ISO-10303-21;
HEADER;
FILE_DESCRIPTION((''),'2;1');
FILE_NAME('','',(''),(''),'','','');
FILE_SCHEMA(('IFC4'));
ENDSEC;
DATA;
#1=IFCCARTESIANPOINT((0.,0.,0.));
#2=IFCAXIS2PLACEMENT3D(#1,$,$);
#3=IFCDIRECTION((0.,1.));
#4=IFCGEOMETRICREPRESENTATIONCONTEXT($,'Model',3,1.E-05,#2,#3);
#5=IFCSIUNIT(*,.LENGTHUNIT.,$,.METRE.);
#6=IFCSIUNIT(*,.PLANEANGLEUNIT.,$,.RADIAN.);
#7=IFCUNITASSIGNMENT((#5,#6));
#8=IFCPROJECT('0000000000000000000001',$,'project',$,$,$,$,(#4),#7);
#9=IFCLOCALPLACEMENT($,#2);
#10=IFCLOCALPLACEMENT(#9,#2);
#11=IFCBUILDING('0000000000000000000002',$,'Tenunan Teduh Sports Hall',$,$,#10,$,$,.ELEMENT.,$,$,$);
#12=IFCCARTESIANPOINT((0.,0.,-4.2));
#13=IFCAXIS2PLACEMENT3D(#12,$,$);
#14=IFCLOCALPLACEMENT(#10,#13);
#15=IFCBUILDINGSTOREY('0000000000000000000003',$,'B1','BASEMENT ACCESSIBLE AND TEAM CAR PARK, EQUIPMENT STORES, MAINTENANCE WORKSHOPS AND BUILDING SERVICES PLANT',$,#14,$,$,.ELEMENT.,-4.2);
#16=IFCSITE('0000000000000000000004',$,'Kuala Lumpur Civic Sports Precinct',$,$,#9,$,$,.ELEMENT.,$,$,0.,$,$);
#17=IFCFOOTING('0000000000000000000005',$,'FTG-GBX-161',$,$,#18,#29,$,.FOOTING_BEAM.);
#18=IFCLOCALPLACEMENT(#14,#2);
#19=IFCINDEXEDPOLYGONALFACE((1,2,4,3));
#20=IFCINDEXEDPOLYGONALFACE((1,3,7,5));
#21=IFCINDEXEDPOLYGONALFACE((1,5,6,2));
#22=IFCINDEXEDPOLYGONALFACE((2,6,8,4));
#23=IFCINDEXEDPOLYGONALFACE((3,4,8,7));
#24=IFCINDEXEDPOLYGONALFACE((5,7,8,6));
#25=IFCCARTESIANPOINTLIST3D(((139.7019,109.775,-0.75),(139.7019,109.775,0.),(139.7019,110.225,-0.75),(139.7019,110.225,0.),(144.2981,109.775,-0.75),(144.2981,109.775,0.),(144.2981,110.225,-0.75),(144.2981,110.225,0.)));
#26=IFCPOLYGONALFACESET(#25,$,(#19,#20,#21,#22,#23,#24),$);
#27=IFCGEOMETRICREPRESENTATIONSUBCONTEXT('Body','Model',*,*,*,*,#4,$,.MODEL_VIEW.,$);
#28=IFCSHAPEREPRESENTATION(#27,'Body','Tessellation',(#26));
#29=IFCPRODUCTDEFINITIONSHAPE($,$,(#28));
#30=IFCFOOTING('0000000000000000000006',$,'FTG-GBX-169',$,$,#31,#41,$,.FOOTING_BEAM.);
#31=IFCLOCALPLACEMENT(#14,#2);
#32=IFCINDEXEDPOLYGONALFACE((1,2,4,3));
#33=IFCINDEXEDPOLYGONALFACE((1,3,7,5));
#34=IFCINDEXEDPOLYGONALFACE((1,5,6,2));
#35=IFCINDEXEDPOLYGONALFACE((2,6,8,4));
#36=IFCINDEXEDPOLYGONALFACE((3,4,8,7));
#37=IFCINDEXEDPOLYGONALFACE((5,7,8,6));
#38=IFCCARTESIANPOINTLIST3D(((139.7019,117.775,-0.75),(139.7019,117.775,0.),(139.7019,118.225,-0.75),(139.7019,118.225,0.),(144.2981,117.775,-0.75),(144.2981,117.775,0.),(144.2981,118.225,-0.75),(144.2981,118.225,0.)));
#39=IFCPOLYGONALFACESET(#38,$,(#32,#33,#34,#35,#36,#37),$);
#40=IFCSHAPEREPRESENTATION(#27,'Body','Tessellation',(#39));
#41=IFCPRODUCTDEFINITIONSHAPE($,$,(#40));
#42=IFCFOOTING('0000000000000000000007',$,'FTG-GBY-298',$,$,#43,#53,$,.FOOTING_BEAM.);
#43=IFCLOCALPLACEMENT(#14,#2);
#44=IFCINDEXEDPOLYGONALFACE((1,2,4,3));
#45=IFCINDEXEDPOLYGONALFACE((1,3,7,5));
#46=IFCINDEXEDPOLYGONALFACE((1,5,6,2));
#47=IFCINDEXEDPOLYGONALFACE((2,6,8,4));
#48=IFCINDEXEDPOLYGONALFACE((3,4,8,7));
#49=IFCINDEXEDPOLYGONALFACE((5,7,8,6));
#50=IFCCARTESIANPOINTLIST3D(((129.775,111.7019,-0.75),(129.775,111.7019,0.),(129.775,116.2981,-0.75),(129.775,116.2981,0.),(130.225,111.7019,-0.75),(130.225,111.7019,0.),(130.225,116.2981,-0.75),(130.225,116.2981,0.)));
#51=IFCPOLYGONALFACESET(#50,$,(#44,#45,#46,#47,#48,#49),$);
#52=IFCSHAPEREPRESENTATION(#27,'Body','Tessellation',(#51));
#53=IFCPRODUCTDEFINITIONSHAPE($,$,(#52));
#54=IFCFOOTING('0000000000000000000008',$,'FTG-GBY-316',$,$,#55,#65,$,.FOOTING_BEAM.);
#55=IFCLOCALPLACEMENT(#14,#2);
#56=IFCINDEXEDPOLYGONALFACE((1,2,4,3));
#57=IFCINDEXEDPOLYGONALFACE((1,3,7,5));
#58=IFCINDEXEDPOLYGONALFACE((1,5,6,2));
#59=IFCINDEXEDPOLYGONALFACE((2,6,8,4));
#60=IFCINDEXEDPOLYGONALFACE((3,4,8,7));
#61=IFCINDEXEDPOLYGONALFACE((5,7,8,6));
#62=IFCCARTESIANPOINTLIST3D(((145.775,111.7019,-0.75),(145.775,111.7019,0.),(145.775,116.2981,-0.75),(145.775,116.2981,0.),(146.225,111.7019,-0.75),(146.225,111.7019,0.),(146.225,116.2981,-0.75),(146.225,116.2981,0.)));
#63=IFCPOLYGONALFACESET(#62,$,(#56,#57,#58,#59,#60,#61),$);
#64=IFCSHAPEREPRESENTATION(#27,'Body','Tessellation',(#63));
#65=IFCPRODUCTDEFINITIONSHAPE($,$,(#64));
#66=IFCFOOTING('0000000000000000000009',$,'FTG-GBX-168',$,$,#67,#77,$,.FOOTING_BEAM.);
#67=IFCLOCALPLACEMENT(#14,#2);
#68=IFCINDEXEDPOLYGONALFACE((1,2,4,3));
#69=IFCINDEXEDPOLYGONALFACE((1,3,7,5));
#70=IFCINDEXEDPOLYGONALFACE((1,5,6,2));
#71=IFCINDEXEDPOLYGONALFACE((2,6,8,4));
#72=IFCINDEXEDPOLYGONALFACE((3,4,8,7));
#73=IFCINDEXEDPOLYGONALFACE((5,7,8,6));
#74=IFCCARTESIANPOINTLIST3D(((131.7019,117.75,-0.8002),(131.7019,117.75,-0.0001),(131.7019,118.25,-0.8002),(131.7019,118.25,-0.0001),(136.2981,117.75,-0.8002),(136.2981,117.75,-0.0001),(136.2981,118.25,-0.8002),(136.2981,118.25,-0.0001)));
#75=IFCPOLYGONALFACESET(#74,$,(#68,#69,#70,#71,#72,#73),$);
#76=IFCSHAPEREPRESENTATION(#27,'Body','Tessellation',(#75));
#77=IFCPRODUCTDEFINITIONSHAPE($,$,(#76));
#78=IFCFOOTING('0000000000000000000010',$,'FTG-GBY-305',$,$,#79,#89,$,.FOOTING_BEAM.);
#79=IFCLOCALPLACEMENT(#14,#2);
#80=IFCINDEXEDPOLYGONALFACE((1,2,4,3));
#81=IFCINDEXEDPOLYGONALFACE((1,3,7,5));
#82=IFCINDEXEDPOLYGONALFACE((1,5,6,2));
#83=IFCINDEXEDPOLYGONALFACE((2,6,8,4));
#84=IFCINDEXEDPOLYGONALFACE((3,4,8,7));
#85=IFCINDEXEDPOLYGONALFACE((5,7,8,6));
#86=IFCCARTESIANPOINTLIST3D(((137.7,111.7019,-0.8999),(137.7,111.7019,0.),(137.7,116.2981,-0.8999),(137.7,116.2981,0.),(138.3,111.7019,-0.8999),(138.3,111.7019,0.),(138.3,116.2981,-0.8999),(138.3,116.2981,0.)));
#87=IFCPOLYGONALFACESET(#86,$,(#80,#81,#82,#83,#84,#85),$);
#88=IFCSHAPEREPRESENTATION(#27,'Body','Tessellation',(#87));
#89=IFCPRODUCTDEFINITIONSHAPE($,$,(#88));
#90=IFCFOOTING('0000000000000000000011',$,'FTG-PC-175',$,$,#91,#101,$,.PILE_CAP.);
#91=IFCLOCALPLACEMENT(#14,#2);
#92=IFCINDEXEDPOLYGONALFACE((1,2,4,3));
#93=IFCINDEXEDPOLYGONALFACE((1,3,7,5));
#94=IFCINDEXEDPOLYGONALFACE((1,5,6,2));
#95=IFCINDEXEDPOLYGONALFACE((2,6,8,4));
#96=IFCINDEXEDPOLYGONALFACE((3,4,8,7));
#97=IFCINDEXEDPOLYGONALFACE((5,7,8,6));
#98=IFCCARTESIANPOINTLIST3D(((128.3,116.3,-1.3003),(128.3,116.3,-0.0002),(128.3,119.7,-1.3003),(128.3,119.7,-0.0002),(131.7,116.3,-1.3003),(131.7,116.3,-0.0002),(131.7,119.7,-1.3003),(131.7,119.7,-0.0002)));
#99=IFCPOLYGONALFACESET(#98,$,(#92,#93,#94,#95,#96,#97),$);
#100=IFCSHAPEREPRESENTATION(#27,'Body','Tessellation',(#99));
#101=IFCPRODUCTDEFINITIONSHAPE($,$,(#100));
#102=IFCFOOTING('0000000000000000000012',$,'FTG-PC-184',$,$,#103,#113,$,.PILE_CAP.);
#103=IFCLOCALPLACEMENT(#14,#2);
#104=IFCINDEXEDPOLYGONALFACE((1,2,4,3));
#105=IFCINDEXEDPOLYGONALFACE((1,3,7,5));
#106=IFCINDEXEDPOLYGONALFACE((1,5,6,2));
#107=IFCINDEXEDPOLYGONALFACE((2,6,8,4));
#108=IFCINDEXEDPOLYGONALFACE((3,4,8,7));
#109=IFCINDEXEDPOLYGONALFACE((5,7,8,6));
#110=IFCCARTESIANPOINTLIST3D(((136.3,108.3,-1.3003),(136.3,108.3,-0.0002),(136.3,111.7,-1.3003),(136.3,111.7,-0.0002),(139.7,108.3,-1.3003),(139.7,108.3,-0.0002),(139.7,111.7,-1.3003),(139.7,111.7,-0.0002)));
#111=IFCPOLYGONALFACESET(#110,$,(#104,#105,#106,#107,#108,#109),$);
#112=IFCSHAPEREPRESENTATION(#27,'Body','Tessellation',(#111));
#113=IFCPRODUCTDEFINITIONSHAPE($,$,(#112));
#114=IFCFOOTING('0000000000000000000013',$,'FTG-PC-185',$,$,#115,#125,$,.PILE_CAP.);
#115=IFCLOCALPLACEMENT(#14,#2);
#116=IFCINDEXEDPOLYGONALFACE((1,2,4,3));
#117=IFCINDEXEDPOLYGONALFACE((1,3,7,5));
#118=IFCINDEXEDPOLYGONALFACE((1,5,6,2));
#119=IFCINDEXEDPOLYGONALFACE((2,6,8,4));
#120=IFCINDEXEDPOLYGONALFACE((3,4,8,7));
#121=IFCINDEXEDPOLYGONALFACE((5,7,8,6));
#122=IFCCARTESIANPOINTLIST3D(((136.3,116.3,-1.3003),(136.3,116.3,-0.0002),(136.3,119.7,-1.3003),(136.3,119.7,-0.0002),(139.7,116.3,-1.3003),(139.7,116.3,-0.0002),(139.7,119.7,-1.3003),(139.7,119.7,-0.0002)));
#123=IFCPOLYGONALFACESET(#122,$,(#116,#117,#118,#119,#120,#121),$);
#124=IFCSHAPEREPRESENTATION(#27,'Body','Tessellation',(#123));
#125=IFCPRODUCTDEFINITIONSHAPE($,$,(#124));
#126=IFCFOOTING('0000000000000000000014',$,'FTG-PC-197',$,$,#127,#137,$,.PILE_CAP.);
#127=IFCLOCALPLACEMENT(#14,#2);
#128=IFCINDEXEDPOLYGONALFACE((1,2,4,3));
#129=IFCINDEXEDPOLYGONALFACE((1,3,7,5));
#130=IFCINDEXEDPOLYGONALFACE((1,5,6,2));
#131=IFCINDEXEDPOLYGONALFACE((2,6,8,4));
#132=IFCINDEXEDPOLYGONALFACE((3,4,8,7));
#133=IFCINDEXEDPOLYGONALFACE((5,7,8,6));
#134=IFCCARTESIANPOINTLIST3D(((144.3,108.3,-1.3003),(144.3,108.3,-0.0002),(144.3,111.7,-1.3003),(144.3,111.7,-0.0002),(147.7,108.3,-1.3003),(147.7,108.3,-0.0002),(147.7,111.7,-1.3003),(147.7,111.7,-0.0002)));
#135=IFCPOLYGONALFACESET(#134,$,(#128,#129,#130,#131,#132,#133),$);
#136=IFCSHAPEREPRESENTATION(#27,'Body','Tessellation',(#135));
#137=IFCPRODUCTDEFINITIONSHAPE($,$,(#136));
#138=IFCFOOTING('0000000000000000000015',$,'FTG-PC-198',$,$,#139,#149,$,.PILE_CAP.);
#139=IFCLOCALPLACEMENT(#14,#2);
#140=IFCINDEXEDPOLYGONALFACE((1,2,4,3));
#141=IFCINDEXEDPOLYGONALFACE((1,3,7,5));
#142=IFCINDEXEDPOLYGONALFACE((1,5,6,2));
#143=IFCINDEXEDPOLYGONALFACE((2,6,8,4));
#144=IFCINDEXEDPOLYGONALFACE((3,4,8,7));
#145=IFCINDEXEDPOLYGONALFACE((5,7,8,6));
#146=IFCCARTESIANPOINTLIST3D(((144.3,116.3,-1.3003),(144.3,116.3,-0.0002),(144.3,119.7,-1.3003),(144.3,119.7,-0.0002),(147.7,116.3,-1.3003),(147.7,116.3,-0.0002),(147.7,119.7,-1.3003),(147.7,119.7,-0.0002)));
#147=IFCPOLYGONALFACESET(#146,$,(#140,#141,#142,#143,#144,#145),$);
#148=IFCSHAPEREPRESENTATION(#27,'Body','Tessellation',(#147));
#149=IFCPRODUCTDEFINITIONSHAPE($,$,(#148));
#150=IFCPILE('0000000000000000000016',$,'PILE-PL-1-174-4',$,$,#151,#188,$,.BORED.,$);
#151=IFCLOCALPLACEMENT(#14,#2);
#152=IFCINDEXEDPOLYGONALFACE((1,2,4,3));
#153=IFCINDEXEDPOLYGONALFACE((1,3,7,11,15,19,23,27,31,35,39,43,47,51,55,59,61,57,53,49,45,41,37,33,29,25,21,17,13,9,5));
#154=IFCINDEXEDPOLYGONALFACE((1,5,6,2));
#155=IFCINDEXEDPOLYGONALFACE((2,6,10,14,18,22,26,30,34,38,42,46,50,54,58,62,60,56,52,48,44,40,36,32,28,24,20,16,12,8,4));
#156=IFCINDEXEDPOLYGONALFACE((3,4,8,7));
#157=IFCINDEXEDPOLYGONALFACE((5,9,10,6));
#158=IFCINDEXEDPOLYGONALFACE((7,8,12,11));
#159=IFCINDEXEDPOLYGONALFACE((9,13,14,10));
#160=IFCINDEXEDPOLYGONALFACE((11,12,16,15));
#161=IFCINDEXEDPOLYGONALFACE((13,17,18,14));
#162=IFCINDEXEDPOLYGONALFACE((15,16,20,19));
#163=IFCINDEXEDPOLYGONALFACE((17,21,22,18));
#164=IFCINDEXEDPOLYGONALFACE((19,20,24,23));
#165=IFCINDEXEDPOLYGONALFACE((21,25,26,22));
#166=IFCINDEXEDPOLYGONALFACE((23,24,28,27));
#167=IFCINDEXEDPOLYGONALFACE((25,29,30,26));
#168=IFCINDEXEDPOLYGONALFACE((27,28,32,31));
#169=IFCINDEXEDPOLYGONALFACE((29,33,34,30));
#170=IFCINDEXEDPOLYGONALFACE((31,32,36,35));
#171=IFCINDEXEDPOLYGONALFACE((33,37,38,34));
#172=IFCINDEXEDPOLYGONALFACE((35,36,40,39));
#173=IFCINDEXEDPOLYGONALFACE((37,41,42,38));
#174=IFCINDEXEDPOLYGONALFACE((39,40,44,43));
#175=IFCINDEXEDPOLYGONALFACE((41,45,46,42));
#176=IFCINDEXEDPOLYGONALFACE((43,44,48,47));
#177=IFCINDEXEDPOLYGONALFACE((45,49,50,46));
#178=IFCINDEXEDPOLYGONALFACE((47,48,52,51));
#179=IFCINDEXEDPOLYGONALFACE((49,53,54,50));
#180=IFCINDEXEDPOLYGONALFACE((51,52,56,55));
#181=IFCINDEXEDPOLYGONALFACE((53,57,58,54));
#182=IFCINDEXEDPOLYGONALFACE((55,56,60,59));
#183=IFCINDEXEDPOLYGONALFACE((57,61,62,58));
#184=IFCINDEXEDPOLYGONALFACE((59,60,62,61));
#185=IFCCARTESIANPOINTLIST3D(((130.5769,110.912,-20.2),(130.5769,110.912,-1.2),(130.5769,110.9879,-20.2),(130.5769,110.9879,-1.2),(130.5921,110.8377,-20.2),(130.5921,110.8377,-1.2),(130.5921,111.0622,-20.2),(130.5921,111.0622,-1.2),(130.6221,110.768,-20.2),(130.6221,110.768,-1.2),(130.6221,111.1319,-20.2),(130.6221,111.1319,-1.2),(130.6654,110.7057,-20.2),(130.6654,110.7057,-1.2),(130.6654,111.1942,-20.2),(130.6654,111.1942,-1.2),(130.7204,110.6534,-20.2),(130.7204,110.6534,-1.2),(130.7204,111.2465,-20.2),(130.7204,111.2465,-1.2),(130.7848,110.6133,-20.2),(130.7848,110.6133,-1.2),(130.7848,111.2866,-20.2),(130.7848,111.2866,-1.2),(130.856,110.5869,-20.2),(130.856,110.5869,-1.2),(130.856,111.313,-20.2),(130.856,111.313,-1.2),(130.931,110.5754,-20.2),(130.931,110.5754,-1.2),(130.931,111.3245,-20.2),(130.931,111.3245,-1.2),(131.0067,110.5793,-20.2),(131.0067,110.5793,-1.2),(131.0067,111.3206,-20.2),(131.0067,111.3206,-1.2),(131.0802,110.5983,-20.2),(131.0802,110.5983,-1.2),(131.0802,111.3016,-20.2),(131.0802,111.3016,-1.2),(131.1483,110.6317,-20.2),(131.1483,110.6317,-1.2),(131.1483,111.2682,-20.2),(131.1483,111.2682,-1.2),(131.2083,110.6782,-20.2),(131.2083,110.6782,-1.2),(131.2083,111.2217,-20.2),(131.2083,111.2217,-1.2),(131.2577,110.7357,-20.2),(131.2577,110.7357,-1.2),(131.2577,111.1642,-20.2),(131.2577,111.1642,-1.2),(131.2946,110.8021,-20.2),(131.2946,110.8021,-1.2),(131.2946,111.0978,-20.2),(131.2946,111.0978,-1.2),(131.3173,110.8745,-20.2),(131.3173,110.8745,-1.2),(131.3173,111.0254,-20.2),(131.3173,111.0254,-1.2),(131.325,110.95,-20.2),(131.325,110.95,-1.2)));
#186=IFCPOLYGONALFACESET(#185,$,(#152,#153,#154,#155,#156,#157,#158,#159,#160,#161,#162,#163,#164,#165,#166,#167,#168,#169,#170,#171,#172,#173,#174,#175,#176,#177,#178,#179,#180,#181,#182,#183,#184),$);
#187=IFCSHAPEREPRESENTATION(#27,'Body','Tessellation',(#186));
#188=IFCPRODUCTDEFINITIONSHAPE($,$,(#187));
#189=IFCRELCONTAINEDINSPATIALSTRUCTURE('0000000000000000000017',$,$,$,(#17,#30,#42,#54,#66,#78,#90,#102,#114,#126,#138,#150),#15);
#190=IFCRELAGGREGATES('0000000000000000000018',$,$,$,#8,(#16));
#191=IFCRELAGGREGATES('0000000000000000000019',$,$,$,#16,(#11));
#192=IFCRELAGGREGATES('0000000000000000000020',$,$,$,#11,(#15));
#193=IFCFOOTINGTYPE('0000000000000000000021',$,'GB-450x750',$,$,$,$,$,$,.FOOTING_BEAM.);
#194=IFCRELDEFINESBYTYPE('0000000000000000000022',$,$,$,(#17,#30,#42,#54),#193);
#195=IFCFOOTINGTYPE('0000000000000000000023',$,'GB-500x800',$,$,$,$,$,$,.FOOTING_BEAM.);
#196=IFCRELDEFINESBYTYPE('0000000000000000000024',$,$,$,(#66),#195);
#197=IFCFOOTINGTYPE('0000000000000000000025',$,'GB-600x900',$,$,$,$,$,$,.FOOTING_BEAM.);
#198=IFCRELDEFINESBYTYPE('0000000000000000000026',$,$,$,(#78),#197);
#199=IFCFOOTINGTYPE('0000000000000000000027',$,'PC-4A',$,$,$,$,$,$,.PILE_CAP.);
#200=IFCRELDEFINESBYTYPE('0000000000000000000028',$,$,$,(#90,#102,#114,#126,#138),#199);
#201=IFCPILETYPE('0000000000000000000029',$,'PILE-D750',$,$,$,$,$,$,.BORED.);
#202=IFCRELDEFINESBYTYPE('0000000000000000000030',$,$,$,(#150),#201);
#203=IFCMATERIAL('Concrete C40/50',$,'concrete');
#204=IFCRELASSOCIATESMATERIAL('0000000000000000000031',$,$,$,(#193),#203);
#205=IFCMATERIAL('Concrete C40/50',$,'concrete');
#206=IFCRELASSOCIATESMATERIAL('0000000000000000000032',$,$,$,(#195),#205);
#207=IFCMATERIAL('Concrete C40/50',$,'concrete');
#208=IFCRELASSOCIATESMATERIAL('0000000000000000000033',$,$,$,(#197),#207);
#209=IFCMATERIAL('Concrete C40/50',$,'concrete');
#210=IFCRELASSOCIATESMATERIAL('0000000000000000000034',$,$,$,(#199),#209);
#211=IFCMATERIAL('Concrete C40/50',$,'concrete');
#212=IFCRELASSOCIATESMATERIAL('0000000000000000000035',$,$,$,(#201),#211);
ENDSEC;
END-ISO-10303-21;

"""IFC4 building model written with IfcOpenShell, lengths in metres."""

from ifc_helpers import new_model, si_unit, direction, frame, origin, origin_2d, place, context, subcontext, project, spatial, rectangle, circle, extrude, material, material_profile, profile_set, type_object, element, save


model = new_model("IFC4")

# Units and contexts
model_context = context("Model", 3, precision=1e-05, world=origin(), true_north=direction((0.0, 1.0)))
body_context = subcontext(model_context, "Body", "Model", "MODEL_VIEW")
ifc_project = project(units=[si_unit("LENGTHUNIT", "METRE"), si_unit("PLANEANGLEUNIT", "RADIAN")], contexts=[model_context])

# Site, building, storey
site_placement = place(None, origin())
site = spatial("IfcSite", under=ifc_project, at=site_placement, Name="Kuala Lumpur Civic Sports Precinct", CompositionType="ELEMENT", RefElevation=0.0)
building_placement = place(site_placement, origin())
building = spatial("IfcBuilding", under=site, at=building_placement, Name="Tenunan Teduh Sports Hall", CompositionType="ELEMENT")
storey_placement = place(building_placement, frame((0.0, 0.0, -4.2)))
storey = spatial("IfcBuildingStorey", under=building, at=storey_placement, Name="B1", Description="BASEMENT ACCESSIBLE AND TEAM CAR PARK, EQUIPMENT STORES, MAINTENANCE WORKSHOPS AND BUILDING SERVICES PLANT", CompositionType="ELEMENT", Elevation=-4.2)

# Footings
ifc_material_1 = material(Name="Concrete C40/50", Category="concrete")
ifc_material_profile_1 = material_profile(ifc_material_1, rectangle(XDim=0.45, YDim=0.75, at=origin_2d()), Name="RCB 450x750")
ifc_profile_set_1 = profile_set([ifc_material_profile_1], Name="Concrete C40/50")
footing_type_1 = type_object("IfcFootingType", Name="GB-450x750", PredefinedType="FOOTING_BEAM", material=ifc_profile_set_1)
for number, where, z_axis, x_axis, name in (
    (1, (139.7019, 110.0, -0.375), (1.0, 0.0, 0.0), (0.0, 1.0, 0.0), "FTG-GBX-161"),
    (2, (139.7019, 118.0, -0.375), (1.0, 0.0, 0.0), (0.0, 1.0, 0.0), "FTG-GBX-169"),
    (3, (130.0, 111.7019, -0.375), (0.0, 1.0, 0.0), (-1.0, 0.0, 0.0), "FTG-GBY-298"),
    (4, (146.0, 111.7019, -0.375), (0.0, 1.0, 0.0), (-1.0, 0.0, 0.0), "FTG-GBY-316"),
):
    element("IfcFooting", number, at=place(storey_placement, frame(where, z_axis=z_axis, x_axis=x_axis)), inside=storey, type_object=footing_type_1, Name=name, PredefinedType="FOOTING_BEAM", context=body_context, shape_type="SweptSolid", body=[
        extrude(rectangle(XDim=0.45, YDim=0.75, at=origin_2d()), origin(), (0.0, 0.0, 1.0), 4.5962),
    ])
ifc_material_2 = material(Name="Concrete C40/50", Category="concrete")
ifc_material_profile_2 = material_profile(ifc_material_2, rectangle(XDim=0.5, YDim=0.8, at=origin_2d()), Name="RCB 500x800")
ifc_profile_set_2 = profile_set([ifc_material_profile_2], Name="Concrete C40/50")
footing_type_2 = type_object("IfcFootingType", Name="GB-500x800", PredefinedType="FOOTING_BEAM", material=ifc_profile_set_2)
footing_1_placement = place(storey_placement, frame((131.7019, 118.0, -0.4001), z_axis=(1.0, 0.0, 0.0), x_axis=(0.0, 1.0, 0.0)))
element("IfcFooting", 5, at=footing_1_placement, inside=storey, type_object=footing_type_2, Name="FTG-GBX-168", PredefinedType="FOOTING_BEAM", context=body_context, shape_type="SweptSolid", body=[
    extrude(rectangle(XDim=0.5, YDim=0.8, at=origin_2d()), origin(), (0.0, 0.0, 1.0), 4.5962),
])
ifc_material_3 = material(Name="Concrete C40/50", Category="concrete")
ifc_material_profile_3 = material_profile(ifc_material_3, rectangle(XDim=0.6001, YDim=0.8999, at=origin_2d()), Name="RCB 600x900")
ifc_profile_set_3 = profile_set([ifc_material_profile_3], Name="Concrete C40/50")
footing_type_3 = type_object("IfcFootingType", Name="GB-600x900", PredefinedType="FOOTING_BEAM", material=ifc_profile_set_3)
footing_2_placement = place(storey_placement, frame((138.0, 111.7019, -0.45), z_axis=(0.0, 1.0, 0.0), x_axis=(-1.0, 0.0, 0.0)))
element("IfcFooting", 6, at=footing_2_placement, inside=storey, type_object=footing_type_3, Name="FTG-GBY-305", PredefinedType="FOOTING_BEAM", context=body_context, shape_type="SweptSolid", body=[
    extrude(rectangle(XDim=0.6001, YDim=0.8999, at=origin_2d()), origin(), (0.0, 0.0, 1.0), 4.5962),
])
ifc_material_4 = material(Name="Concrete C40/50", Category="concrete")
footing_type_4 = type_object("IfcFootingType", Name="PC-4A", PredefinedType="PILE_CAP", material=ifc_material_4)
for number, where, z_axis, x_axis, name in (
    (7, (130.0, 118.0, -1.3003), (0.0, 0.0, 1.0), (1.0, 0.0, 0.0), "FTG-PC-175"),
    (8, (138.0, 110.0, -1.3003), (0.0, 0.0, 1.0), (1.0, 0.0, 0.0), "FTG-PC-184"),
    (9, (138.0, 118.0, -1.3003), (0.0, 0.0, 1.0), (1.0, 0.0, 0.0), "FTG-PC-185"),
    (10, (146.0, 110.0, -1.3003), (0.0, 0.0, 1.0), (1.0, 0.0, 0.0), "FTG-PC-197"),
    (11, (146.0, 118.0, -1.3003), (0.0, 0.0, 1.0), (1.0, 0.0, 0.0), "FTG-PC-198"),
):
    element("IfcFooting", number, at=place(storey_placement, frame(where, z_axis=z_axis, x_axis=x_axis)), inside=storey, type_object=footing_type_4, Name=name, PredefinedType="PILE_CAP", context=body_context, shape_type="SweptSolid", body=[
        extrude(rectangle(XDim=3.3999, YDim=3.3999, at=origin_2d()), origin(), (0.0, 0.0, 1.0), 1.3),
    ])

# Pile
ifc_material_5 = material(Name="Concrete C40/50", Category="concrete")
ifc_material_profile_4 = material_profile(ifc_material_5, circle(Radius=0.375, at=origin_2d()), Name="PILE D750")
ifc_profile_set_4 = profile_set([ifc_material_profile_4], Name="Concrete C40/50")
pile_type = type_object("IfcPileType", Name="PILE-D750", PredefinedType="BORED", material=ifc_profile_set_4)
for number, where, z_axis, x_axis, name in (
    (12, (130.95, 110.95, -1.2), (0.0, 0.0, -1.0), (1.0, 0.0, 0.0), "PILE-PL-1-174-4"),
):
    element("IfcPile", number, at=place(storey_placement, frame(where, z_axis=z_axis, x_axis=x_axis)), inside=storey, type_object=pile_type, Name=name, PredefinedType="BORED", context=body_context, shape_type="SweptSolid", body=[
        extrude(circle(Radius=0.375, at=origin_2d()), origin(), (0.0, 0.0, 1.0), 19.0),
    ])

save(model, "model.ifc")
